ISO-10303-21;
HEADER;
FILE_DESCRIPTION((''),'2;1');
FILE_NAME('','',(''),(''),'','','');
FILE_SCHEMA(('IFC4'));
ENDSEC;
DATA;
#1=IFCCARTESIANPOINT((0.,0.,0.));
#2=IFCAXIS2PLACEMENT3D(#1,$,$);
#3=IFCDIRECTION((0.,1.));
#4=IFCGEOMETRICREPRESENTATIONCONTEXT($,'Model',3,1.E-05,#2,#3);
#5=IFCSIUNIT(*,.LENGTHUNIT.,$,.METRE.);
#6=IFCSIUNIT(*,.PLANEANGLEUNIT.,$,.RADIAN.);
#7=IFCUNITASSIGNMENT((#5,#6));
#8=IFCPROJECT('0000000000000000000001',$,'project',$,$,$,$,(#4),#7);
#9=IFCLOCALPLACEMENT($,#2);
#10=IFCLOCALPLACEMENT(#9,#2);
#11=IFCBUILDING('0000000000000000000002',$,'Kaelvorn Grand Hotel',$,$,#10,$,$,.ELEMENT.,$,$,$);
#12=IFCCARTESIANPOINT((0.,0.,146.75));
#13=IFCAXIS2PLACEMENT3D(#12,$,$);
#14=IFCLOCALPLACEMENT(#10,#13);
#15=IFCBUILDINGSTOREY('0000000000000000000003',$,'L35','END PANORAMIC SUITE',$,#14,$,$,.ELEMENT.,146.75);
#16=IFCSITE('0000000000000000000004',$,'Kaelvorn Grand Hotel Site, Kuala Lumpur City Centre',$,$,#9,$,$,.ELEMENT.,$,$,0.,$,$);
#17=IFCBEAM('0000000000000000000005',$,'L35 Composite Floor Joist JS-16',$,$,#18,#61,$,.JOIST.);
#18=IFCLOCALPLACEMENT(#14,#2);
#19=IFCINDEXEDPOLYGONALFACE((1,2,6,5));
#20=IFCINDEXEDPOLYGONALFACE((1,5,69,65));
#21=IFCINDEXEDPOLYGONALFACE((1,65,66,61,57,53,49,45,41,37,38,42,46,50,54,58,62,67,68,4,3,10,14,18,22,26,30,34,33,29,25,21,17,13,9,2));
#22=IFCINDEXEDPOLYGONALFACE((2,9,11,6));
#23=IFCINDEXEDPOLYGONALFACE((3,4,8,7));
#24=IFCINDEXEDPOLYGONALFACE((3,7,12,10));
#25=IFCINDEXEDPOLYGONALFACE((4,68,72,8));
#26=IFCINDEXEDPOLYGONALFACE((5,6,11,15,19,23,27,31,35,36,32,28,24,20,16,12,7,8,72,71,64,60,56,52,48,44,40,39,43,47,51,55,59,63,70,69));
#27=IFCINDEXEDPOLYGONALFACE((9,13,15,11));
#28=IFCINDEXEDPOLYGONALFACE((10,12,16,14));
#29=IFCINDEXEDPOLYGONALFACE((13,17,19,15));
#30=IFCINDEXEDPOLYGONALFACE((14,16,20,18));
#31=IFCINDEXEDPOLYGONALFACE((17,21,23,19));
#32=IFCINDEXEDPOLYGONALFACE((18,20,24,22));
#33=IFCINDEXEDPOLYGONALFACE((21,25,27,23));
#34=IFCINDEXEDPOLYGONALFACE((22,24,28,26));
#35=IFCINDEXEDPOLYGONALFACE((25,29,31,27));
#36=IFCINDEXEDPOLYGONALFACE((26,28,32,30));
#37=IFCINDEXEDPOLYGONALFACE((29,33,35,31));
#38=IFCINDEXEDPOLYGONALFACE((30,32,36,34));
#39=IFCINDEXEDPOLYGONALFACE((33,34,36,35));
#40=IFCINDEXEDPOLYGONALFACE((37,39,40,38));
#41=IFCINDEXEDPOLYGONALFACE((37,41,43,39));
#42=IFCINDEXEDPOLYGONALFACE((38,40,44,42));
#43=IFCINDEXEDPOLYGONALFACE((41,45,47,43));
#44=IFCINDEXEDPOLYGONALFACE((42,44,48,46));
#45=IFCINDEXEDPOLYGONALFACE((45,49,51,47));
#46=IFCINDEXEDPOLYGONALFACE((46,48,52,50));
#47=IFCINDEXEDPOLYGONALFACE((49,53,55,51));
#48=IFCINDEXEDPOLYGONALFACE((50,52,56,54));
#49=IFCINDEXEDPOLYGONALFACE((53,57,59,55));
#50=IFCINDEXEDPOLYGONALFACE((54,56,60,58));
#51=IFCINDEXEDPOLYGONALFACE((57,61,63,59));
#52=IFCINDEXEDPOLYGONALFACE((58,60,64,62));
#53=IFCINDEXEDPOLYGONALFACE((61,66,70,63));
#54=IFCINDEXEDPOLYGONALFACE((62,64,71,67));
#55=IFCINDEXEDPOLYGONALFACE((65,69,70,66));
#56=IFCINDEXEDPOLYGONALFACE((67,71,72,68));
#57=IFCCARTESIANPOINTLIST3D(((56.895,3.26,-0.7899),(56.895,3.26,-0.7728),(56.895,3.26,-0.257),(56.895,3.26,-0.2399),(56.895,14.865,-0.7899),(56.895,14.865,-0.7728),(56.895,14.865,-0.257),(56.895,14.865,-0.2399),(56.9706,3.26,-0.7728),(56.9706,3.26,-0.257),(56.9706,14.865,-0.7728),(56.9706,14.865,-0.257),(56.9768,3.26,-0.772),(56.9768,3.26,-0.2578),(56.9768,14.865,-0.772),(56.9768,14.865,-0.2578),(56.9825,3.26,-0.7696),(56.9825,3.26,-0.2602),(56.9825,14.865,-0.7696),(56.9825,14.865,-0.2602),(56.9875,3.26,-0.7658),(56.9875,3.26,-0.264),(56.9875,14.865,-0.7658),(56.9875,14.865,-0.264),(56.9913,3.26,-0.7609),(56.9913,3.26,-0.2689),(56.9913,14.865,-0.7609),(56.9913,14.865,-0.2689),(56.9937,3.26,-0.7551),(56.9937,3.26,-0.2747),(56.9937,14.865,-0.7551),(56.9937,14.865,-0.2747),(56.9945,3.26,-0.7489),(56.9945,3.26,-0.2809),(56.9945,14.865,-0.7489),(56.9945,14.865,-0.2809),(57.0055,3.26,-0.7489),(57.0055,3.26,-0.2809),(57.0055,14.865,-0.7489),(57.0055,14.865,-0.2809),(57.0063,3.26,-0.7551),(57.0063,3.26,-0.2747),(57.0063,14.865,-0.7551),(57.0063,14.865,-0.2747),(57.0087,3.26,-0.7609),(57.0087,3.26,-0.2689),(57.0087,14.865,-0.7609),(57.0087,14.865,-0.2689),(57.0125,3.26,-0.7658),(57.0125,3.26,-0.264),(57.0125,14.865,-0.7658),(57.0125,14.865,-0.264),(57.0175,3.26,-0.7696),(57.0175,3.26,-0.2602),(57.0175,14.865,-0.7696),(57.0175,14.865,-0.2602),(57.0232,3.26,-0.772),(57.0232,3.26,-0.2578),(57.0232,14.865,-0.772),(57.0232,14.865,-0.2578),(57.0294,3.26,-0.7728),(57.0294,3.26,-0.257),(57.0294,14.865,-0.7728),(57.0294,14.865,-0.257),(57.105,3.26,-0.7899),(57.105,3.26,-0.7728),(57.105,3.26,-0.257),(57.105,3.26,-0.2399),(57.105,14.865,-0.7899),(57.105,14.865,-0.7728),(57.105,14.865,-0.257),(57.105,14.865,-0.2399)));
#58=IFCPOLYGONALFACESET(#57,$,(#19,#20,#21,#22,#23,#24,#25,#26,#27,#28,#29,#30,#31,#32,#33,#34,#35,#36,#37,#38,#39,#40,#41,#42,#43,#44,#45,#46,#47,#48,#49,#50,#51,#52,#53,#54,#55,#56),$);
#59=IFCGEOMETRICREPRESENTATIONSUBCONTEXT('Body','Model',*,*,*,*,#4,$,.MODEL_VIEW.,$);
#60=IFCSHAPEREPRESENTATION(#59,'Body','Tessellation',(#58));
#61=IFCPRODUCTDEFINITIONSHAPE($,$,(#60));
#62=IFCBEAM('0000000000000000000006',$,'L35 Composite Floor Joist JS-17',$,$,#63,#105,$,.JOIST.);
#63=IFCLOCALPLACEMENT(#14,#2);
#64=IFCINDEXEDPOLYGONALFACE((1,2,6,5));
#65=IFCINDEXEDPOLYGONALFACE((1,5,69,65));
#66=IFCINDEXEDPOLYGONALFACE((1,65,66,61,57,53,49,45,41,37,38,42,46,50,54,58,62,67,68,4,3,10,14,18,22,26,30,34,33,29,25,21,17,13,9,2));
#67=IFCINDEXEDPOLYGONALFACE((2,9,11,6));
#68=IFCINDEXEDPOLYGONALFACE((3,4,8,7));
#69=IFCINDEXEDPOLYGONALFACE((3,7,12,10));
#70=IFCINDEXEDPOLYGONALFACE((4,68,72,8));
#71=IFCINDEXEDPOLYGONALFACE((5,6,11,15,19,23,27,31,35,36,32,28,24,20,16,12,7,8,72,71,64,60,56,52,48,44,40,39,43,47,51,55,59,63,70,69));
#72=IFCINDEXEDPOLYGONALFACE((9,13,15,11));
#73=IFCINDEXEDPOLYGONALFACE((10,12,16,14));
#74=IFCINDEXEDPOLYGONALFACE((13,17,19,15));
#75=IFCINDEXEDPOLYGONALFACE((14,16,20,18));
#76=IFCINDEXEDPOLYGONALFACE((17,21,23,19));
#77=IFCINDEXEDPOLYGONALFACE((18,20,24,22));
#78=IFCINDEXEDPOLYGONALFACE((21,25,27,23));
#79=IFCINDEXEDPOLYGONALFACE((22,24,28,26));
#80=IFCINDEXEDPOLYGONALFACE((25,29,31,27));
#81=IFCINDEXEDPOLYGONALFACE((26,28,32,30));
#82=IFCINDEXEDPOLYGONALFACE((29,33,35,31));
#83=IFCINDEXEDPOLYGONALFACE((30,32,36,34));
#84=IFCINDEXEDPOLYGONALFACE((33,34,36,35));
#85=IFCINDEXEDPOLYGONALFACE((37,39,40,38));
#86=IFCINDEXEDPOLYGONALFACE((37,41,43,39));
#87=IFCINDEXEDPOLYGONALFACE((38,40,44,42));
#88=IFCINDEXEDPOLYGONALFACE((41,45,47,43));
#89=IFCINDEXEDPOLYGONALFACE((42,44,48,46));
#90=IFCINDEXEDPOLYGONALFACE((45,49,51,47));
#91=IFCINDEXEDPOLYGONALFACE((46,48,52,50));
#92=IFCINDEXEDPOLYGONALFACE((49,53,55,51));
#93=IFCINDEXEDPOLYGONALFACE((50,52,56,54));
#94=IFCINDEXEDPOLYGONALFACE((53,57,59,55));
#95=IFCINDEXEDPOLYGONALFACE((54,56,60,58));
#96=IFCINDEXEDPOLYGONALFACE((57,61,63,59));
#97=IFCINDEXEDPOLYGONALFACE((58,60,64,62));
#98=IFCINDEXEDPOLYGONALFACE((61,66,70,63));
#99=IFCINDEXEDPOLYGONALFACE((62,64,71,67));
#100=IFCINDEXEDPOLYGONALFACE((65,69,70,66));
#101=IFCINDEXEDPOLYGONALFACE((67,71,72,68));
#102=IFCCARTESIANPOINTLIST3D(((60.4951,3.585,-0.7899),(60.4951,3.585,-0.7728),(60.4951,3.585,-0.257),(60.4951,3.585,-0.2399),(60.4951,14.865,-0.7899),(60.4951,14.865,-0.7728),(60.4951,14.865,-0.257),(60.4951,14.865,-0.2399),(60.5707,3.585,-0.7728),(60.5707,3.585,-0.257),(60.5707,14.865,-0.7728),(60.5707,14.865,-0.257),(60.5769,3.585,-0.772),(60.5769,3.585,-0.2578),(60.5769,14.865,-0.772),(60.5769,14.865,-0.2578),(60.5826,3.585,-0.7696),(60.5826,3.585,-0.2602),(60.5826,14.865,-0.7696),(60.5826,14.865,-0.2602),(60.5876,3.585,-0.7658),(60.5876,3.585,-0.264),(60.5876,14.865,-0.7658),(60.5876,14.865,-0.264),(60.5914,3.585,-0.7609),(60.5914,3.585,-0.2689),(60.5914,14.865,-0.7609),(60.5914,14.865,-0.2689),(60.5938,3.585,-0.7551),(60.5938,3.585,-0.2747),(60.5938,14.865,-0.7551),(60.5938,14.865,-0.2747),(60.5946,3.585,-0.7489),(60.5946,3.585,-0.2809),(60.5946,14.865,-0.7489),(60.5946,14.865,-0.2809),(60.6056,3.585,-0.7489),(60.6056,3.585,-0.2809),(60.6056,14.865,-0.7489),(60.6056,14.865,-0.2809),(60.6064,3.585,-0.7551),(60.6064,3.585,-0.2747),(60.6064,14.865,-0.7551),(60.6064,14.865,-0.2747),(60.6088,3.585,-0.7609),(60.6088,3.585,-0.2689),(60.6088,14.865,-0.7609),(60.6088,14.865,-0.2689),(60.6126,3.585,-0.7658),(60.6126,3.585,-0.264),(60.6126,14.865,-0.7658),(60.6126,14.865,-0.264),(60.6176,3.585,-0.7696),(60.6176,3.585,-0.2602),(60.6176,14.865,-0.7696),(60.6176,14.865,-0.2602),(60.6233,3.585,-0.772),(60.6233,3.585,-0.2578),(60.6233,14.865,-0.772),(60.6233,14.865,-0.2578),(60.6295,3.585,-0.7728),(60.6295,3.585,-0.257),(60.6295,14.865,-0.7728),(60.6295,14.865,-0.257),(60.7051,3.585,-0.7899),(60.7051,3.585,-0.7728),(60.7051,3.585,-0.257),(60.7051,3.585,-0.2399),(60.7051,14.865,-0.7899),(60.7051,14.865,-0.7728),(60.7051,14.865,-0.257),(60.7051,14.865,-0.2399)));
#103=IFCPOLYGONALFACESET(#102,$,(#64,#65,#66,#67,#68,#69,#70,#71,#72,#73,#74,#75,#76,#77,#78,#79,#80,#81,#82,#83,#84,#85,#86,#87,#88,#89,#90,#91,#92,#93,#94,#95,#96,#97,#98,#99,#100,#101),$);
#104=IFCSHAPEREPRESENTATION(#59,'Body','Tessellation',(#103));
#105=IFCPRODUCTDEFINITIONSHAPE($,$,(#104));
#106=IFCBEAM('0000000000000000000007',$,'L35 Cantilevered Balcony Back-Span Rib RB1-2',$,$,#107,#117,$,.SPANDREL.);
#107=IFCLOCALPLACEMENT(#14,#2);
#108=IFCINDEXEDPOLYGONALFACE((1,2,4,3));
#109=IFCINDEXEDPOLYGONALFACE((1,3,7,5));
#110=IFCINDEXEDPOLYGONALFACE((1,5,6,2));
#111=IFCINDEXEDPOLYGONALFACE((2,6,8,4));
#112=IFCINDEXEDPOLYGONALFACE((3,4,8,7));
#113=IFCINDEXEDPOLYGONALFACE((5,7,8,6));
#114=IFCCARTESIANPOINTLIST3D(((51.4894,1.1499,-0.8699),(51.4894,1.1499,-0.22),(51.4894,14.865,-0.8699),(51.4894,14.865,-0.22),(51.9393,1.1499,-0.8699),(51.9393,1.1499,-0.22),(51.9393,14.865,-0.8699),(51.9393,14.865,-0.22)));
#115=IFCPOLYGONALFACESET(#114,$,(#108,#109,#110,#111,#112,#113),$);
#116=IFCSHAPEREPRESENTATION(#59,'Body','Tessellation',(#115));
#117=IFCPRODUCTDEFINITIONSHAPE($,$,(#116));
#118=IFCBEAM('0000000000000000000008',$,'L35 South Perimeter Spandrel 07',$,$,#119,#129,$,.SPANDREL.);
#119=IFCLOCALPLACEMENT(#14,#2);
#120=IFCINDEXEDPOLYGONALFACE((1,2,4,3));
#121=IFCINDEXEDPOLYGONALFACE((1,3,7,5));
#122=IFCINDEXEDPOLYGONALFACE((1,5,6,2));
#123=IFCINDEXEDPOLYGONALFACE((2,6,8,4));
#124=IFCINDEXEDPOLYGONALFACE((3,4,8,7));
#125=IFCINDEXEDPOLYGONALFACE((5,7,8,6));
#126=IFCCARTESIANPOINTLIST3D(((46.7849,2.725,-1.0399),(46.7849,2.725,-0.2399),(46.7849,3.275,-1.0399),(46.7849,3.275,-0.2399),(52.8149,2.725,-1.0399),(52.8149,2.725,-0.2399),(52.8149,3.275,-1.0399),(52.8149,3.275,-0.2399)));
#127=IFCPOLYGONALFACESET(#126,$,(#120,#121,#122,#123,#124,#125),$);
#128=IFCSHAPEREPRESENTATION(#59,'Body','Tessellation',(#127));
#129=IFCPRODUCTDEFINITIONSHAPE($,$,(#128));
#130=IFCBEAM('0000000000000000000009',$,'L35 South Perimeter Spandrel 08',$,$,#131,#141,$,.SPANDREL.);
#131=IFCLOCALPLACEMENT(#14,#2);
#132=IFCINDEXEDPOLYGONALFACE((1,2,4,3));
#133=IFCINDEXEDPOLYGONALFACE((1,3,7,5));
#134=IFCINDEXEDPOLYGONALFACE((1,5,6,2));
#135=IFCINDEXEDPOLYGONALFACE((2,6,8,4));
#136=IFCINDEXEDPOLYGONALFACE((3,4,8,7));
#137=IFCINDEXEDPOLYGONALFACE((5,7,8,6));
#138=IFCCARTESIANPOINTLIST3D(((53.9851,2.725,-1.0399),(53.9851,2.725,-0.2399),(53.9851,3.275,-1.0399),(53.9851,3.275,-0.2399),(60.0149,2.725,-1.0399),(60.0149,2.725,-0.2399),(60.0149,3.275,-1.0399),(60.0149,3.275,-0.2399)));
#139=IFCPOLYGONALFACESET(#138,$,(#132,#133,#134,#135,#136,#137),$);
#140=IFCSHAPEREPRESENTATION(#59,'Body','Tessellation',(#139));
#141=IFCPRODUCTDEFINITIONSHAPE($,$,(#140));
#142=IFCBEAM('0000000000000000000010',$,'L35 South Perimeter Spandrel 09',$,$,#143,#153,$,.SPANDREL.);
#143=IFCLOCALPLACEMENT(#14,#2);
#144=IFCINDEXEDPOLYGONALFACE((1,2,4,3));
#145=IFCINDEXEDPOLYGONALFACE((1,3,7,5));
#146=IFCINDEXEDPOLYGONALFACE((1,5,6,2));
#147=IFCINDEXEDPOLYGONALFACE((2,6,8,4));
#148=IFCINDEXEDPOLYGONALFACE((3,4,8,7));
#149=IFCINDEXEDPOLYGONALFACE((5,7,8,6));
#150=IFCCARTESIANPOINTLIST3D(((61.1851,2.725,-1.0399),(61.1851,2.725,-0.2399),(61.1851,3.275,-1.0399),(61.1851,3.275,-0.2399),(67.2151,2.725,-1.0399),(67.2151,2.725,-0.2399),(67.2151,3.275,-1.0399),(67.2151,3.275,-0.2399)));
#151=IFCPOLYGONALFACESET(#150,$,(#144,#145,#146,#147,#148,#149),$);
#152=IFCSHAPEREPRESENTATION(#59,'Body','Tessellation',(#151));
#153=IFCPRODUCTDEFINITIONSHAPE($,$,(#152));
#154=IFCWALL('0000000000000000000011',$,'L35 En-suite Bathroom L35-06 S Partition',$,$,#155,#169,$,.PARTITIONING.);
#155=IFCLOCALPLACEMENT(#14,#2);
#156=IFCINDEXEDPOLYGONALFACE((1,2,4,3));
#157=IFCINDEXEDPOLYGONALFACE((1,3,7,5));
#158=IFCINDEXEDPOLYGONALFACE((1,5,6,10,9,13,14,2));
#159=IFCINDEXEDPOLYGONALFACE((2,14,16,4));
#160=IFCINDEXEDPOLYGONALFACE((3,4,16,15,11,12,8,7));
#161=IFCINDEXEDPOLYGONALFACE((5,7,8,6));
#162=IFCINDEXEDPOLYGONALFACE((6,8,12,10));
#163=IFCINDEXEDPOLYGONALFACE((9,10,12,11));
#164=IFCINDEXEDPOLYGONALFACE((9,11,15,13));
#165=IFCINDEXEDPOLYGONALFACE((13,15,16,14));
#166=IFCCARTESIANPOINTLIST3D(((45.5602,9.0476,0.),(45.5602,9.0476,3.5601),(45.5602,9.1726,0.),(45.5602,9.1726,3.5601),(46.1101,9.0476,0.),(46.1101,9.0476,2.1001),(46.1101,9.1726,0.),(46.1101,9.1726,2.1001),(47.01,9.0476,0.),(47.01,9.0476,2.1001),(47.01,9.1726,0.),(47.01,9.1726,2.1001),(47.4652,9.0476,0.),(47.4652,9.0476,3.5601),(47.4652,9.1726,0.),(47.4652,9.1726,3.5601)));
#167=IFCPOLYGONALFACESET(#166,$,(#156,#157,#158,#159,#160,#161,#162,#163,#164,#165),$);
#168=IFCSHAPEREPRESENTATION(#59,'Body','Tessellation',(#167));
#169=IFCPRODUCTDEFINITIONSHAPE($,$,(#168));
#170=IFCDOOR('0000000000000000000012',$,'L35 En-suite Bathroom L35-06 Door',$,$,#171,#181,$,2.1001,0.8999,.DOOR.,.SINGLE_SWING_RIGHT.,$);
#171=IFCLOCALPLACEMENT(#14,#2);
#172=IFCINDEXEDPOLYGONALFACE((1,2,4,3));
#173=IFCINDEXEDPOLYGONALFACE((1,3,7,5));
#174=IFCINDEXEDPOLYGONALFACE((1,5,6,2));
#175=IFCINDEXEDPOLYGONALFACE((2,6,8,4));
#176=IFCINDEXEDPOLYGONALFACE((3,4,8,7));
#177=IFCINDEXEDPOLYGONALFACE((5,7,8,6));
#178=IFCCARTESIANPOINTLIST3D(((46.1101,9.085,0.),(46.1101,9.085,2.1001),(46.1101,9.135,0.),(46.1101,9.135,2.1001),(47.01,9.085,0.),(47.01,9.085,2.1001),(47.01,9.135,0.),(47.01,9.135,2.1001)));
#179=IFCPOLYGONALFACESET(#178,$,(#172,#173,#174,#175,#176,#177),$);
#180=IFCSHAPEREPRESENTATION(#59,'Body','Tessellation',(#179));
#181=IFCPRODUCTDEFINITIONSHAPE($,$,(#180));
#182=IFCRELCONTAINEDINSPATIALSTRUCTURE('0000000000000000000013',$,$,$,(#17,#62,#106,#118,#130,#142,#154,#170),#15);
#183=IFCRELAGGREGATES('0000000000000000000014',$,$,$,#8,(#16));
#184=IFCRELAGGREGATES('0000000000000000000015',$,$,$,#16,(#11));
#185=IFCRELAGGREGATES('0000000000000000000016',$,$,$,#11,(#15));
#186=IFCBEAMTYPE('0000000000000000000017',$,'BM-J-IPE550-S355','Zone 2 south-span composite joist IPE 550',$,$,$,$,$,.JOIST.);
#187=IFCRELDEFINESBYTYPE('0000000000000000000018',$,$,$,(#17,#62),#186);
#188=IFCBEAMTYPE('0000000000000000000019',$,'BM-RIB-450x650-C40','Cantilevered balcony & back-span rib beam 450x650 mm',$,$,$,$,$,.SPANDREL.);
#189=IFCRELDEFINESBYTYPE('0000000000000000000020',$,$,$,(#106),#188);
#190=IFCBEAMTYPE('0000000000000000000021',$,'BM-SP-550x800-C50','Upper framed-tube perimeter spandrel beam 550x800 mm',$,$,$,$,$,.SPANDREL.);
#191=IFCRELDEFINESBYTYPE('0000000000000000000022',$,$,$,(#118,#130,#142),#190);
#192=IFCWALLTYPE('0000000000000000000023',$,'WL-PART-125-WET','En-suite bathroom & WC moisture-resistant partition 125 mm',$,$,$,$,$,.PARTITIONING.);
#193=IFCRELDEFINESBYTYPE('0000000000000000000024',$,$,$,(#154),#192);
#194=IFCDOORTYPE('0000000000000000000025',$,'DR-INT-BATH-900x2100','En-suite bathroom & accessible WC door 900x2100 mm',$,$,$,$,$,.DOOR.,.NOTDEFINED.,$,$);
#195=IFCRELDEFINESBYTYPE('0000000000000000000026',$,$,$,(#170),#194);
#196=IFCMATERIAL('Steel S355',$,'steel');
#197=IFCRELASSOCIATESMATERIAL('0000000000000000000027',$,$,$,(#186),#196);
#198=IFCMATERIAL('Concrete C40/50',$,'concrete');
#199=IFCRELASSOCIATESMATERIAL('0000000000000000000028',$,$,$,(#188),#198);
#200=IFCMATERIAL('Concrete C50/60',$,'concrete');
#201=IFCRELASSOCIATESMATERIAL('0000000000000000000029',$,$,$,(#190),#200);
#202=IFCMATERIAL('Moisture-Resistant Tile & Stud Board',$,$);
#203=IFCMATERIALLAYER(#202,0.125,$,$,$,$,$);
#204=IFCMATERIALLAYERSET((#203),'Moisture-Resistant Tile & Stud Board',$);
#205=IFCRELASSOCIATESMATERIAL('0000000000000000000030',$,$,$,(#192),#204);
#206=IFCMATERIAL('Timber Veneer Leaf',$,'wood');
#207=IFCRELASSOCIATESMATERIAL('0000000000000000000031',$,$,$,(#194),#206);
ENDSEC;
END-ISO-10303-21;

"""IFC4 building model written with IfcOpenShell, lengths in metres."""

from ifc_helpers import new_model, si_unit, direction, frame, frame_2d, origin, origin_2d, place, context, subcontext, project, spatial, rectangle, i_section, extrude, material, layer, layer_set, material_profile, profile_set, type_object, element, fill, save


model = new_model("IFC4")

# Units and contexts
model_context = context("Model", 3, precision=1e-05, world=origin(), true_north=direction((0.0, 1.0)))
body_context = subcontext(model_context, "Body", "Model", "MODEL_VIEW")
ifc_project = project(units=[si_unit("LENGTHUNIT", "METRE"), si_unit("PLANEANGLEUNIT", "RADIAN")], contexts=[model_context])

# Site, building, storey
site_placement = place(None, origin())
site = spatial("IfcSite", under=ifc_project, at=site_placement, Name="Kaelvorn Grand Hotel Site, Kuala Lumpur City Centre", CompositionType="ELEMENT", RefElevation=0.0)
building_placement = place(site_placement, origin())
building = spatial("IfcBuilding", under=site, at=building_placement, Name="Kaelvorn Grand Hotel", CompositionType="ELEMENT")
storey_placement = place(building_placement, frame((0.0, 0.0, 146.75)))
storey = spatial("IfcBuildingStorey", under=building, at=storey_placement, Name="L35", Description="END PANORAMIC SUITE", CompositionType="ELEMENT", Elevation=146.75)

# Beams
ifc_material_1 = material(Name="Steel S355", Category="steel")
ifc_material_profile_1 = material_profile(ifc_material_1, i_section(OverallWidth=0.21, OverallDepth=0.55, WebThickness=0.011, FlangeThickness=0.0171, FilletRadius=0.0239, at=origin_2d()), Name="IPE 550")
ifc_profile_set_1 = profile_set([ifc_material_profile_1], Name="Steel S355")
beam_type_1 = type_object("IfcBeamType", Name="BM-J-IPE550-S355", Description="Zone 2 south-span composite joist IPE 550", PredefinedType="JOIST", material=ifc_profile_set_1)
beam_1_placement = place(storey_placement, frame((57.0, 3.26, -0.5149), z_axis=(0.0, 1.0, 0.0), x_axis=(-1.0, 0.0, 0.0)))
element("IfcBeam", 1, at=beam_1_placement, inside=storey, type_object=beam_type_1, Name="L35 Composite Floor Joist JS-16", PredefinedType="JOIST", context=body_context, shape_type="SweptSolid", body=[
    extrude(i_section(OverallWidth=0.21, OverallDepth=0.55, WebThickness=0.011, FlangeThickness=0.0171, FilletRadius=0.0239, at=origin_2d()), origin(), (0.0, 0.0, 1.0), 11.605),
])
beam_2_placement = place(storey_placement, frame((60.6001, 3.585, -0.5149), z_axis=(0.0, 1.0, 0.0), x_axis=(-1.0, 0.0, 0.0)))
element("IfcBeam", 2, at=beam_2_placement, inside=storey, type_object=beam_type_1, Name="L35 Composite Floor Joist JS-17", PredefinedType="JOIST", context=body_context, shape_type="SweptSolid", body=[
    extrude(i_section(OverallWidth=0.21, OverallDepth=0.55, WebThickness=0.011, FlangeThickness=0.0171, FilletRadius=0.0239, at=origin_2d()), origin(), (0.0, 0.0, 1.0), 11.28),
])
ifc_material_2 = material(Name="Concrete C40/50", Category="concrete")
ifc_material_profile_2 = material_profile(ifc_material_2, rectangle(XDim=0.45, YDim=0.6499, at=origin_2d()), Name="RC RIB 450x650")
ifc_profile_set_2 = profile_set([ifc_material_profile_2], Name="Concrete C40/50")
beam_type_2 = type_object("IfcBeamType", Name="BM-RIB-450x650-C40", Description="Cantilevered balcony & back-span rib beam 450x650 mm", PredefinedType="SPANDREL", material=ifc_profile_set_2)
beam_3_placement = place(storey_placement, frame((51.7144, 1.1499, -0.5449), z_axis=(0.0, 1.0, 0.0), x_axis=(-1.0, 0.0, 0.0)))
element("IfcBeam", 3, at=beam_3_placement, inside=storey, type_object=beam_type_2, Name="L35 Cantilevered Balcony Back-Span Rib RB1-2", PredefinedType="SPANDREL", context=body_context, shape_type="SweptSolid", body=[
    extrude(rectangle(XDim=0.45, YDim=0.6499, at=origin_2d()), origin(), (0.0, 0.0, 1.0), 13.7151),
])
ifc_material_3 = material(Name="Concrete C50/60", Category="concrete")
ifc_material_profile_3 = material_profile(ifc_material_3, rectangle(XDim=0.55, YDim=0.8, at=origin_2d()), Name="RC SPANDREL 550x800")
ifc_profile_set_3 = profile_set([ifc_material_profile_3], Name="Concrete C50/60")
beam_type_3 = type_object("IfcBeamType", Name="BM-SP-550x800-C50", Description="Upper framed-tube perimeter spandrel beam 550x800 mm", PredefinedType="SPANDREL", material=ifc_profile_set_3)
beam_4_placement = place(storey_placement, frame((46.7849, 3.0, -0.6399), z_axis=(1.0, 0.0, 0.0), x_axis=(0.0, 1.0, 0.0)))
element("IfcBeam", 4, at=beam_4_placement, inside=storey, type_object=beam_type_3, Name="L35 South Perimeter Spandrel 07", PredefinedType="SPANDREL", context=body_context, shape_type="SweptSolid", body=[
    extrude(rectangle(XDim=0.55, YDim=0.8, at=origin_2d()), origin(), (0.0, 0.0, 1.0), 6.03),
])
beam_5_placement = place(storey_placement, frame((53.9851, 3.0, -0.6399), z_axis=(1.0, 0.0, 0.0), x_axis=(0.0, 1.0, 0.0)))
element("IfcBeam", 5, at=beam_5_placement, inside=storey, type_object=beam_type_3, Name="L35 South Perimeter Spandrel 08", PredefinedType="SPANDREL", context=body_context, shape_type="SweptSolid", body=[
    extrude(rectangle(XDim=0.55, YDim=0.8, at=origin_2d()), origin(), (0.0, 0.0, 1.0), 6.0298),
])
beam_6_placement = place(storey_placement, frame((61.1851, 3.0, -0.6399), z_axis=(1.0, 0.0, 0.0), x_axis=(0.0, 1.0, 0.0)))
element("IfcBeam", 6, at=beam_6_placement, inside=storey, type_object=beam_type_3, Name="L35 South Perimeter Spandrel 09", PredefinedType="SPANDREL", context=body_context, shape_type="SweptSolid", body=[
    extrude(rectangle(XDim=0.55, YDim=0.8, at=origin_2d()), origin(), (0.0, 0.0, 1.0), 6.03),
])

# Wall, opening, door
ifc_material_4 = material(Name="Moisture-Resistant Tile & Stud Board")
ifc_layer_1 = layer(ifc_material_4, 0.125)
ifc_layer_set_1 = layer_set([ifc_layer_1], Name="Moisture-Resistant Tile & Stud Board")
wall_type_1 = type_object("IfcWallType", Name="WL-PART-125-WET", Description="En-suite bathroom & WC moisture-resistant partition 125 mm", PredefinedType="PARTITIONING", material=ifc_layer_set_1)
wall_1_placement = place(storey_placement, frame((45.5601, 9.1101, 0.0), z_axis=(0.0, 0.0, 1.0), x_axis=(1.0, 0.0, 0.0)))
wall_1 = element("IfcWall", 7, at=wall_1_placement, inside=storey, type_object=wall_type_1, Name="L35 En-suite Bathroom L35-06 S Partition", PredefinedType="PARTITIONING", context=body_context, shape_type="SweptSolid", body=[
    extrude(rectangle(XDim=1.905, YDim=0.125, at=frame_2d((0.9526, 0.0))), origin(), (0.0, 0.0, 1.0), 3.5601),
])
opening_1_placement = place(wall_1_placement, frame((0.55, 0.0, 0.0)))
opening_1 = element("IfcOpeningElement", 8, at=opening_1_placement, cuts=wall_1, PredefinedType="OPENING", context=body_context, shape_type="SweptSolid", body=[
    extrude(rectangle(XDim=0.8999, YDim=2.1001, at=frame_2d((0.45, 1.05))), frame((0.0, 0.0725, 0.0), z_axis=(0.0, -1.0, 0.0), x_axis=(1.0, 0.0, 0.0)), (0.0, 0.0, 1.0), 0.145),
])
ifc_material_5 = material(Name="Timber Veneer Leaf", Category="wood")
door_type = type_object("IfcDoorType", Name="DR-INT-BATH-900x2100", Description="En-suite bathroom & accessible WC door 900x2100 mm", OperationType="NOTDEFINED", PredefinedType="DOOR", material=ifc_material_5)
door_1_placement = place(opening_1_placement, origin())
door_1 = element("IfcDoor", 9, at=door_1_placement, inside=storey, type_object=door_type, Name="L35 En-suite Bathroom L35-06 Door", OperationType="SINGLE_SWING_RIGHT", OverallHeight=2.1001, OverallWidth=0.8999, PredefinedType="DOOR", context=body_context, shape_type="SweptSolid", body=[
    extrude(rectangle(XDim=0.8999, YDim=2.1001, at=frame_2d((0.45, 1.05))), frame((0.0, 0.0249, 0.0), z_axis=(0.0, -1.0, 0.0), x_axis=(1.0, 0.0, 0.0)), (0.0, 0.0, 1.0), 0.05),
])
fill(opening_1, door_1)

save(model, "model.ifc")
